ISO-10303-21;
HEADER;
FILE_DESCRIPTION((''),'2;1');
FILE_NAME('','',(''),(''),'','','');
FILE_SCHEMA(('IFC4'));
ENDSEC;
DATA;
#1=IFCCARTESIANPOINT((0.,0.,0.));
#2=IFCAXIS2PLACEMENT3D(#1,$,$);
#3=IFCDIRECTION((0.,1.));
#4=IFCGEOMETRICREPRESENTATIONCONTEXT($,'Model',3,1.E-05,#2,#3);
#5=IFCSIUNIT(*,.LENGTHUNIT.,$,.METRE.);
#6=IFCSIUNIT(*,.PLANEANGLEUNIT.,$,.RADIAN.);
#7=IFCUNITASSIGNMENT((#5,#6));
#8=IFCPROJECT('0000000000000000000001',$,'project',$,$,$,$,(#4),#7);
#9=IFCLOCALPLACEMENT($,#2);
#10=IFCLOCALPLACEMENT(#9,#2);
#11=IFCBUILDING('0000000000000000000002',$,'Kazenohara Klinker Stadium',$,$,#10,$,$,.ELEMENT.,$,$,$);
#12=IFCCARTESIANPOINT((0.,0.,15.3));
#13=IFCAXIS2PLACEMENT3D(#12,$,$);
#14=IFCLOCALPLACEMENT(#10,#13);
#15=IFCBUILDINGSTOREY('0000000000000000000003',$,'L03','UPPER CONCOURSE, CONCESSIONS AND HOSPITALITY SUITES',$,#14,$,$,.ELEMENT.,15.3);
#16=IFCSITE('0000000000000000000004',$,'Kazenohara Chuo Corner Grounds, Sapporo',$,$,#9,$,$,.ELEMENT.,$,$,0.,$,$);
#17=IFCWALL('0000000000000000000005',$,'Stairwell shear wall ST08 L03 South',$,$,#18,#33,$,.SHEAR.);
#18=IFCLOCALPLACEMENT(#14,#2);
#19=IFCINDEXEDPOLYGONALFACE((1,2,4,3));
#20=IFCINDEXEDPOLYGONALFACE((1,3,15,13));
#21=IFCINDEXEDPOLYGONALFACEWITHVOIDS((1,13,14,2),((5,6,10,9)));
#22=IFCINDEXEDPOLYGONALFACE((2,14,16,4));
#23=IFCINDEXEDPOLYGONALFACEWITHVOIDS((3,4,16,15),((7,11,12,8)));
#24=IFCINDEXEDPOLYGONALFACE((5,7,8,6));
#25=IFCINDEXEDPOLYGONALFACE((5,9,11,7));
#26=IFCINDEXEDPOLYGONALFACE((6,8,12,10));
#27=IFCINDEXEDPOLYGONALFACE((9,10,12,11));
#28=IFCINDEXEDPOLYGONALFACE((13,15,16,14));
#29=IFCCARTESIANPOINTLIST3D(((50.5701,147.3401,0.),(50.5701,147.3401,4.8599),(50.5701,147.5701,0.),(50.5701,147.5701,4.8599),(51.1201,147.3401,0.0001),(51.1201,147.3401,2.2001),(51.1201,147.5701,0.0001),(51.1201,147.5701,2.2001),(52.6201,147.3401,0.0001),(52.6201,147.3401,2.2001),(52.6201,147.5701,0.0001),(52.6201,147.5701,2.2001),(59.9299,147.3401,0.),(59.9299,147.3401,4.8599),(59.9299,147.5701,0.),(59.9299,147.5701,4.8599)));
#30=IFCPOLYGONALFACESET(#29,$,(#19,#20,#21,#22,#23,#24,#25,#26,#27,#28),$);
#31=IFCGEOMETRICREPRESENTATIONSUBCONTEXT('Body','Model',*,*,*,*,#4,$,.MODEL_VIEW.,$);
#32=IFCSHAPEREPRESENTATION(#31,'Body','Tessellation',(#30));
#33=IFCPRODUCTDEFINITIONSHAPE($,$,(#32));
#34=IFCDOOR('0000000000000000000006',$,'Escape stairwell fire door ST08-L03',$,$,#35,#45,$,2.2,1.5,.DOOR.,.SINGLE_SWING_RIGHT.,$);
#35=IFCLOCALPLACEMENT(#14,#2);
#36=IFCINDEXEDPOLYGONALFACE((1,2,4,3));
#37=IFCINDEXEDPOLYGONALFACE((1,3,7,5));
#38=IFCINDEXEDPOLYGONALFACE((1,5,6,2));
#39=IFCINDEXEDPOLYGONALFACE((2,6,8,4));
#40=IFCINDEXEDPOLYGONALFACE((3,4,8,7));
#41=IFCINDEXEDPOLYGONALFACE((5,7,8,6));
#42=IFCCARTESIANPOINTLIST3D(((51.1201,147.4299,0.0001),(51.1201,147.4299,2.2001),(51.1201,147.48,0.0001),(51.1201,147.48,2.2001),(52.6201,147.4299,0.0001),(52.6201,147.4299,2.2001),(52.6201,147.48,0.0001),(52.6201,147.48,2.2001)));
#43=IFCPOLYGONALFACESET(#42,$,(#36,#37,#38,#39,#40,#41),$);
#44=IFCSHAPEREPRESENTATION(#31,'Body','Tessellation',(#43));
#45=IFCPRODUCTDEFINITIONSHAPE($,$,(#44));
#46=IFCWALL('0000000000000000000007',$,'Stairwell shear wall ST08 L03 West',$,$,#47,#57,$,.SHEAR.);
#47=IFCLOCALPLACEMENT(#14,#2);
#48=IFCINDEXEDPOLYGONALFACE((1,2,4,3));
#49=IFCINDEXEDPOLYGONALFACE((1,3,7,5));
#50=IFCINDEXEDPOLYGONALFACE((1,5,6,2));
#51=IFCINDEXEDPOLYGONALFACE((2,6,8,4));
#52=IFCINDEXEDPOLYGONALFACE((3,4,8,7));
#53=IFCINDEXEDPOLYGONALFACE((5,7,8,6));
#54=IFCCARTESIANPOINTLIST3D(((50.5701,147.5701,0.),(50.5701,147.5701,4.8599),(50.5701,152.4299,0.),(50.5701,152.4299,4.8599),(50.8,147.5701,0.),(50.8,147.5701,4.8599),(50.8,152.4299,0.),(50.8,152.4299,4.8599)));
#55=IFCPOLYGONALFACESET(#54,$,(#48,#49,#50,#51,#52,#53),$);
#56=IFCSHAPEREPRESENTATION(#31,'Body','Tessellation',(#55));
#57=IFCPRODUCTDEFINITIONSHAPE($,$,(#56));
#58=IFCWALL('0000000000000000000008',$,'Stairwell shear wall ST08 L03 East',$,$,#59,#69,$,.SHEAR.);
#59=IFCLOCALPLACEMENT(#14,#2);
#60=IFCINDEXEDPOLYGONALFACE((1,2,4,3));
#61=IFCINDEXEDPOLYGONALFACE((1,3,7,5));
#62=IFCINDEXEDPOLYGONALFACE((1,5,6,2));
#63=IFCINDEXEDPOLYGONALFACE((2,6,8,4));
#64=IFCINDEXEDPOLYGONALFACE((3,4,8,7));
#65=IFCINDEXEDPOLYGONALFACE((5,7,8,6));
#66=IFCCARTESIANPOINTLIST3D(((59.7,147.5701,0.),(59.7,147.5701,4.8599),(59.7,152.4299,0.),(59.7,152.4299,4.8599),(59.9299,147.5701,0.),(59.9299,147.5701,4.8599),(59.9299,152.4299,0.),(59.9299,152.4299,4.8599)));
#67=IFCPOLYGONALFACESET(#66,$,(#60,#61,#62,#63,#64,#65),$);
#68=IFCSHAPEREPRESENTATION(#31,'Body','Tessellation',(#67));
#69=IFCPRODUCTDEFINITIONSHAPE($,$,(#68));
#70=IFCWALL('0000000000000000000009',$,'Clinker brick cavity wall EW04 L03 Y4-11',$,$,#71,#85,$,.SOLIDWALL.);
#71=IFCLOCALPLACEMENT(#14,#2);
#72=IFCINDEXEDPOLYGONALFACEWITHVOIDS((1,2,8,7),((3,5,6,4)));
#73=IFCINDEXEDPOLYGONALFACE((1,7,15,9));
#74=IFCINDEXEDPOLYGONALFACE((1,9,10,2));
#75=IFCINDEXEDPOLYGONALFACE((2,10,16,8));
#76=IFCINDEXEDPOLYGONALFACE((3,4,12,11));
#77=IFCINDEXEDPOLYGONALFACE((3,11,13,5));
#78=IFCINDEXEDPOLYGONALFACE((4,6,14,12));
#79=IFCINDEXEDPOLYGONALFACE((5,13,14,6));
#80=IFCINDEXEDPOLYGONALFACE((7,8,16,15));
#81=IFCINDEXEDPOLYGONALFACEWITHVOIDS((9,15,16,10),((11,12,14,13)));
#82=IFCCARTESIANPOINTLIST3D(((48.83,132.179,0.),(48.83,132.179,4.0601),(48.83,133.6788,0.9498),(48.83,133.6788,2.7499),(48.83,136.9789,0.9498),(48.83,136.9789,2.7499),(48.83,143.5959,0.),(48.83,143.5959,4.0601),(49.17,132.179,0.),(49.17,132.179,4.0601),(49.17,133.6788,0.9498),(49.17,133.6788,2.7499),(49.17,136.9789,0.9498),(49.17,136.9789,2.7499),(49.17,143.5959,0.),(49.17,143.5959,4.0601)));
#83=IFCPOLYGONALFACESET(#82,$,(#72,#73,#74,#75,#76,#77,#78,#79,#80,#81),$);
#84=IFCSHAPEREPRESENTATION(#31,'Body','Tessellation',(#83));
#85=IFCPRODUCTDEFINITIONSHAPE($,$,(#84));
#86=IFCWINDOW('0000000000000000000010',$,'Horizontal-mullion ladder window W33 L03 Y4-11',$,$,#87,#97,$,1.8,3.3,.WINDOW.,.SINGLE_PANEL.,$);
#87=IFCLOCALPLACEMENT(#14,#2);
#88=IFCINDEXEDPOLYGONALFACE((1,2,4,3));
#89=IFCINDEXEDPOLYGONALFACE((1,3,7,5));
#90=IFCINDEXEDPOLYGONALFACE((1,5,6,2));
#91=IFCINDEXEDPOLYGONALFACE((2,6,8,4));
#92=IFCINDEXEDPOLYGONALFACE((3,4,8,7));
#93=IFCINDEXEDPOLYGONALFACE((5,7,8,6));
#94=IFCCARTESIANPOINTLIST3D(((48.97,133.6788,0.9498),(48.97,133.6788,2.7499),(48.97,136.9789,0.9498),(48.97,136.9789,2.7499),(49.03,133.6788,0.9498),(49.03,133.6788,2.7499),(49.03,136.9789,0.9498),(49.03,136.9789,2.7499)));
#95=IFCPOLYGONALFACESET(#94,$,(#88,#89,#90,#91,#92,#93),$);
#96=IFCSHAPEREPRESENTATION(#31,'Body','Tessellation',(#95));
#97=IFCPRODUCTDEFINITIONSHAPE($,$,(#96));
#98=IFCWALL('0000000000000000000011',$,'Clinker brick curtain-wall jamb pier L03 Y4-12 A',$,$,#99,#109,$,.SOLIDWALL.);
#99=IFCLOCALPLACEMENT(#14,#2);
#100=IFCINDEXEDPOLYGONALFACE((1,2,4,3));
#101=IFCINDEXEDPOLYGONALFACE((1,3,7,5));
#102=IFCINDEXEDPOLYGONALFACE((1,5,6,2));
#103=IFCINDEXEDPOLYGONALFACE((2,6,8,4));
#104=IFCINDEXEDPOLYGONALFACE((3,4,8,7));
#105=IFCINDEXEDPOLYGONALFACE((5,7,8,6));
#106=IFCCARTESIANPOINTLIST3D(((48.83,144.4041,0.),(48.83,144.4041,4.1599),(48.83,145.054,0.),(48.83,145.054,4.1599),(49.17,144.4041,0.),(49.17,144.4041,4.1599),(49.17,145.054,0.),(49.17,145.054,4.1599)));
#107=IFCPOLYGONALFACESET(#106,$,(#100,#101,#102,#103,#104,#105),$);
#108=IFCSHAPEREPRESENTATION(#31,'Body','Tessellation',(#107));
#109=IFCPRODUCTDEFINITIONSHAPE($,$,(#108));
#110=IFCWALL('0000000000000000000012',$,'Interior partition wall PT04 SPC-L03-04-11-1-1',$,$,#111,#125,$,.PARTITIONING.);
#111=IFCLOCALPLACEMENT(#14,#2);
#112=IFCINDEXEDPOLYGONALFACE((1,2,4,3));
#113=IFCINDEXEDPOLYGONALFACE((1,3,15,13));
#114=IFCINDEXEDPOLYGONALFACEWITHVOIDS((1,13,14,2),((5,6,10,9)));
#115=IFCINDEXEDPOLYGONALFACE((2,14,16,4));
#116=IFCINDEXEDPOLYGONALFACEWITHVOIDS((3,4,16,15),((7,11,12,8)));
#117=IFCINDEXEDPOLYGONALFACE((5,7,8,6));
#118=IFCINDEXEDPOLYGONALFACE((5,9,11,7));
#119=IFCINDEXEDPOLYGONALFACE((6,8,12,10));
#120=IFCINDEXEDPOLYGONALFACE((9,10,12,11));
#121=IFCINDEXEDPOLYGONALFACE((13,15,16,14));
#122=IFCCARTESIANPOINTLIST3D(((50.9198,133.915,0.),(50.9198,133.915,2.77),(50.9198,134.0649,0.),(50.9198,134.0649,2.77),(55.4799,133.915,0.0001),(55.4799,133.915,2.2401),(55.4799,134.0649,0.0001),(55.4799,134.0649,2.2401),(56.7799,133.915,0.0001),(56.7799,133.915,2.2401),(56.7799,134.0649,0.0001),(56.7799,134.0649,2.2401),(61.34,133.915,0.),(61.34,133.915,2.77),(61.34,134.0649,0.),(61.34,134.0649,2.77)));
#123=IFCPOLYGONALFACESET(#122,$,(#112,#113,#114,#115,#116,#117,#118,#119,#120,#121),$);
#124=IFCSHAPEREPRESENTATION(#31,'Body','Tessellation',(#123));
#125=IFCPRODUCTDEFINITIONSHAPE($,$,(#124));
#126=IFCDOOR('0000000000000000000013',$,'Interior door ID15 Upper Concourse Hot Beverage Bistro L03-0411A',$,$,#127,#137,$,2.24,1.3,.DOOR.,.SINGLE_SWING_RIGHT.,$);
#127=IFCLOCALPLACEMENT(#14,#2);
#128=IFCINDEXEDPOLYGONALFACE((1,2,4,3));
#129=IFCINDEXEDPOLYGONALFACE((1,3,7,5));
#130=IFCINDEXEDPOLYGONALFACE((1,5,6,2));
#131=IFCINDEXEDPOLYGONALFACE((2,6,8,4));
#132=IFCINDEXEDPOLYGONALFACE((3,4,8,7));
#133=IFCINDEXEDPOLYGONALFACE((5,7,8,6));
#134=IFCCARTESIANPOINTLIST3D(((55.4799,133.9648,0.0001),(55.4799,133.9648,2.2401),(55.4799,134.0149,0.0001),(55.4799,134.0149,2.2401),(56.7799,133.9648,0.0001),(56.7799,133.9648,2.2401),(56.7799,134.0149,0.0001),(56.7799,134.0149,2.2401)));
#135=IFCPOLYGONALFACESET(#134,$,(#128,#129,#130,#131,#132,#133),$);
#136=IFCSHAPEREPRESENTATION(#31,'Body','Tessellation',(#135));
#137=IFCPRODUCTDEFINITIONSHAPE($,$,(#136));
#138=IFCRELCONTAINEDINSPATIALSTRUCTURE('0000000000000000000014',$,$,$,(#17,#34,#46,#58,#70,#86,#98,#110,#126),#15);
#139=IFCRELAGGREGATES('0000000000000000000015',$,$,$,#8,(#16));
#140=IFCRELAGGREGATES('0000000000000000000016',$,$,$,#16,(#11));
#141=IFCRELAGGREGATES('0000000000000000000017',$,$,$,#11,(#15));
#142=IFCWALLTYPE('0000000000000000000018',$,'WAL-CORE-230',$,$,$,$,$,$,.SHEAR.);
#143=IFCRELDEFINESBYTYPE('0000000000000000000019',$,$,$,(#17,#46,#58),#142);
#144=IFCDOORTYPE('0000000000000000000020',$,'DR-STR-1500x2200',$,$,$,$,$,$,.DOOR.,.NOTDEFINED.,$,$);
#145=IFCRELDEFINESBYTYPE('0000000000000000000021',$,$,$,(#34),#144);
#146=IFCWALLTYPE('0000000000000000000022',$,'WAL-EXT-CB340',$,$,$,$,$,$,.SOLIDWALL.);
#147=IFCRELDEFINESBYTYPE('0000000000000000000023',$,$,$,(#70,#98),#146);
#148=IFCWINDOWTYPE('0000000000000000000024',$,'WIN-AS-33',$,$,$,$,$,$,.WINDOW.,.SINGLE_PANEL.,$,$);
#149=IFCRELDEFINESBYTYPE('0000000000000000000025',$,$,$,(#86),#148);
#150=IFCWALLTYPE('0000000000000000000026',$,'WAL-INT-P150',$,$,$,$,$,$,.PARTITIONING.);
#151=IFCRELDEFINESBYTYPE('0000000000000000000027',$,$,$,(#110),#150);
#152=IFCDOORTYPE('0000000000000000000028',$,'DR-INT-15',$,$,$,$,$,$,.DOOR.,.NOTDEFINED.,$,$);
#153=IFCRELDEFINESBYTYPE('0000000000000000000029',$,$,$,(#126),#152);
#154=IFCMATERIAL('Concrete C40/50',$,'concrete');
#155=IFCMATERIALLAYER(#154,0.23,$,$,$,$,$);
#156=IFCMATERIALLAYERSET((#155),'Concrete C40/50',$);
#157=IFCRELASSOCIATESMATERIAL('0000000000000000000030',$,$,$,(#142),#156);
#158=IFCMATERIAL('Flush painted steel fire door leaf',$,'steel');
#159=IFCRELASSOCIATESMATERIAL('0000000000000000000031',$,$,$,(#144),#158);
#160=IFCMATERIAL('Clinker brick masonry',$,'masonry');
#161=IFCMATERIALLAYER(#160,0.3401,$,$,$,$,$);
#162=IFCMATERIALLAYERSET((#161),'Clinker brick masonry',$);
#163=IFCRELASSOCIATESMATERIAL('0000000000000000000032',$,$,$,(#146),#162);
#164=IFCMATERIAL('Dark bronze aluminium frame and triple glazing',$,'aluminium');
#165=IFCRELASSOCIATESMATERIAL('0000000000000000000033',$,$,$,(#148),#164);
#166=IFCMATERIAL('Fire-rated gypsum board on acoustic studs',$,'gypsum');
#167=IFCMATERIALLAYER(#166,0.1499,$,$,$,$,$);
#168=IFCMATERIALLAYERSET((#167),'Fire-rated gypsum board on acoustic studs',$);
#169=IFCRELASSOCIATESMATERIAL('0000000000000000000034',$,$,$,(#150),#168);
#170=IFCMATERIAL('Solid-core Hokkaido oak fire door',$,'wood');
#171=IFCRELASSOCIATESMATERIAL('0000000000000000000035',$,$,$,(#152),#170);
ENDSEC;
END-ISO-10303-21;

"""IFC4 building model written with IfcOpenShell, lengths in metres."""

from ifc_helpers import new_model, si_unit, direction, frame, frame_2d, origin, place, context, subcontext, project, spatial, rectangle, extrude, material, layer, layer_set, type_object, element, fill, save


model = new_model("IFC4")

# Units and contexts
model_context = context("Model", 3, precision=1e-05, world=origin(), true_north=direction((0.0, 1.0)))
body_context = subcontext(model_context, "Body", "Model", "MODEL_VIEW")
ifc_project = project(units=[si_unit("LENGTHUNIT", "METRE"), si_unit("PLANEANGLEUNIT", "RADIAN")], contexts=[model_context])

# Site, building, storey
site_placement = place(None, origin())
site = spatial("IfcSite", under=ifc_project, at=site_placement, Name="Kazenohara Chuo Corner Grounds, Sapporo", CompositionType="ELEMENT", RefElevation=0.0)
building_placement = place(site_placement, origin())
building = spatial("IfcBuilding", under=site, at=building_placement, Name="Kazenohara Klinker Stadium", CompositionType="ELEMENT")
storey_placement = place(building_placement, frame((0.0, 0.0, 15.3)))
storey = spatial("IfcBuildingStorey", under=building, at=storey_placement, Name="L03", Description="UPPER CONCOURSE, CONCESSIONS AND HOSPITALITY SUITES", CompositionType="ELEMENT", Elevation=15.3)

# Shared definitions
ifc_material_1 = material(Name="Concrete C40/50", Category="concrete")

# Wall, opening, door
ifc_layer_1 = layer(ifc_material_1, 0.23)
ifc_layer_set_1 = layer_set([ifc_layer_1], Name="Concrete C40/50")
wall_type_1 = type_object("IfcWallType", Name="WAL-CORE-230", PredefinedType="SHEAR", material=ifc_layer_set_1)
wall_1_placement = place(storey_placement, frame((50.5701, 147.4551, 0.0), z_axis=(0.0, 0.0, 1.0), x_axis=(1.0, 0.0, 0.0)))
wall_1 = element("IfcWall", 1, at=wall_1_placement, inside=storey, type_object=wall_type_1, Name="Stairwell shear wall ST08 L03 South", PredefinedType="SHEAR", context=body_context, shape_type="SweptSolid", body=[
    extrude(rectangle(XDim=9.3599, YDim=0.23, at=frame_2d((4.6799, 0.0))), origin(), (0.0, 0.0, 1.0), 4.8599),
])
opening_1_placement = place(wall_1_placement, frame((0.55, 0.0, 0.0)))
opening_1 = element("IfcOpeningElement", 2, at=opening_1_placement, cuts=wall_1, PredefinedType="OPENING", context=body_context, shape_type="SweptSolid", body=[
    extrude(rectangle(XDim=1.5, YDim=2.2, at=frame_2d((0.75, 1.1001))), frame((0.0, 0.125, 0.0), z_axis=(0.0, -1.0, 0.0), x_axis=(1.0, 0.0, 0.0)), (0.0, 0.0, 1.0), 0.25),
])
ifc_material_2 = material(Name="Flush painted steel fire door leaf", Category="steel")
door_type_1 = type_object("IfcDoorType", Name="DR-STR-1500x2200", OperationType="NOTDEFINED", PredefinedType="DOOR", material=ifc_material_2)
door_1_placement = place(opening_1_placement, origin())
door_1 = element("IfcDoor", 3, at=door_1_placement, inside=storey, type_object=door_type_1, Name="Escape stairwell fire door ST08-L03", OperationType="SINGLE_SWING_RIGHT", OverallHeight=2.2, OverallWidth=1.5, PredefinedType="DOOR", context=body_context, shape_type="SweptSolid", body=[
    extrude(rectangle(XDim=1.5, YDim=2.2, at=frame_2d((0.75, 1.1001))), frame((0.0, 0.0249, 0.0), z_axis=(0.0, -1.0, 0.0), x_axis=(1.0, 0.0, 0.0)), (0.0, 0.0, 1.0), 0.05),
])
fill(opening_1, door_1)

# Walls
for number, where, z_axis, x_axis, name in (
    (4, (50.6851, 147.5701, 0.0), (0.0, 0.0, 1.0), (0.0, 1.0, 0.0), "Stairwell shear wall ST08 L03 West"),
    (5, (59.8149, 147.5701, 0.0), (0.0, 0.0, 1.0), (0.0, 1.0, 0.0), "Stairwell shear wall ST08 L03 East"),
):
    element("IfcWall", number, at=place(storey_placement, frame(where, z_axis=z_axis, x_axis=x_axis)), inside=storey, type_object=wall_type_1, Name=name, PredefinedType="SHEAR", context=body_context, shape_type="SweptSolid", body=[
        extrude(rectangle(XDim=4.8599, YDim=0.23, at=frame_2d((2.4299, 0.0))), origin(), (0.0, 0.0, 1.0), 4.8599),
    ])

# Wall, opening, window
ifc_material_3 = material(Name="Clinker brick masonry", Category="masonry")
ifc_layer_2 = layer(ifc_material_3, 0.3401)
ifc_layer_set_2 = layer_set([ifc_layer_2], Name="Clinker brick masonry")
wall_type_2 = type_object("IfcWallType", Name="WAL-EXT-CB340", PredefinedType="SOLIDWALL", material=ifc_layer_set_2)
wall_2_placement = place(storey_placement, frame((49.0, 132.179, 0.0), z_axis=(0.0, 0.0, 1.0), x_axis=(0.0, 1.0, 0.0)))
wall_2 = element("IfcWall", 6, at=wall_2_placement, inside=storey, type_object=wall_type_2, Name="Clinker brick cavity wall EW04 L03 Y4-11", PredefinedType="SOLIDWALL", context=body_context, shape_type="SweptSolid", body=[
    extrude(rectangle(XDim=11.417, YDim=0.3401, at=frame_2d((5.7085, 0.0))), origin(), (0.0, 0.0, 1.0), 4.0601),
])
opening_2_placement = place(wall_2_placement, frame((1.5, 0.0, 0.95)))
opening_2 = element("IfcOpeningElement", 7, at=opening_2_placement, cuts=wall_2, PredefinedType="OPENING", context=body_context, shape_type="SweptSolid", body=[
    extrude(rectangle(XDim=3.3, YDim=1.8, at=frame_2d((1.6499, 0.8999))), frame((0.0, 0.1802, 0.0), z_axis=(0.0, -1.0, 0.0), x_axis=(1.0, 0.0, 0.0)), (0.0, 0.0, 1.0), 0.3601),
])
ifc_material_4 = material(Name="Dark bronze aluminium frame and triple glazing", Category="aluminium")
window_type = type_object("IfcWindowType", Name="WIN-AS-33", PartitioningType="SINGLE_PANEL", PredefinedType="WINDOW", material=ifc_material_4)
window_placement = place(opening_2_placement, origin())
window = element("IfcWindow", 8, at=window_placement, inside=storey, type_object=window_type, Name="Horizontal-mullion ladder window W33 L03 Y4-11", OverallHeight=1.8, OverallWidth=3.3, PartitioningType="SINGLE_PANEL", PredefinedType="WINDOW", context=body_context, shape_type="SweptSolid", body=[
    extrude(rectangle(XDim=3.3, YDim=1.8, at=frame_2d((1.6499, 0.8999))), frame((0.0, 0.03, 0.0), z_axis=(0.0, -1.0, 0.0), x_axis=(1.0, 0.0, 0.0)), (0.0, 0.0, 1.0), 0.0601),
])
fill(opening_2, window)

# Wall
wall_3_placement = place(storey_placement, frame((49.0, 144.4041, 0.0), z_axis=(0.0, 0.0, 1.0), x_axis=(0.0, 1.0, 0.0)))
element("IfcWall", 9, at=wall_3_placement, inside=storey, type_object=wall_type_2, Name="Clinker brick curtain-wall jamb pier L03 Y4-12 A", PredefinedType="SOLIDWALL", context=body_context, shape_type="SweptSolid", body=[
    extrude(rectangle(XDim=0.6499, YDim=0.3401, at=frame_2d((0.325, 0.0))), origin(), (0.0, 0.0, 1.0), 4.1599),
])

# Wall, opening, door
ifc_material_5 = material(Name="Fire-rated gypsum board on acoustic studs", Category="gypsum")
ifc_layer_3 = layer(ifc_material_5, 0.1499)
ifc_layer_set_3 = layer_set([ifc_layer_3], Name="Fire-rated gypsum board on acoustic studs")
wall_type_3 = type_object("IfcWallType", Name="WAL-INT-P150", PredefinedType="PARTITIONING", material=ifc_layer_set_3)
wall_4_placement = place(storey_placement, frame((50.9199, 133.99, 0.0), z_axis=(0.0, 0.0, 1.0), x_axis=(1.0, 0.0, 0.0)))
wall_4 = element("IfcWall", 10, at=wall_4_placement, inside=storey, type_object=wall_type_3, Name="Interior partition wall PT04 SPC-L03-04-11-1-1", PredefinedType="PARTITIONING", context=body_context, shape_type="SweptSolid", body=[
    extrude(rectangle(XDim=10.4202, YDim=0.1499, at=frame_2d((5.21, 0.0))), origin(), (0.0, 0.0, 1.0), 2.77),
])
opening_3_placement = place(wall_4_placement, frame((4.5601, 0.0, 0.0)))
opening_3 = element("IfcOpeningElement", 11, at=opening_3_placement, cuts=wall_4, PredefinedType="OPENING", context=body_context, shape_type="SweptSolid", body=[
    extrude(rectangle(XDim=1.3, YDim=2.24, at=frame_2d((0.6499, 1.1201))), frame((0.0, 0.085, 0.0), z_axis=(0.0, -1.0, 0.0), x_axis=(1.0, 0.0, 0.0)), (0.0, 0.0, 1.0), 0.1699),
])
ifc_material_6 = material(Name="Solid-core Hokkaido oak fire door", Category="wood")
door_type_2 = type_object("IfcDoorType", Name="DR-INT-15", OperationType="NOTDEFINED", PredefinedType="DOOR", material=ifc_material_6)
door_2_placement = place(opening_3_placement, origin())
door_2 = element("IfcDoor", 12, at=door_2_placement, inside=storey, type_object=door_type_2, Name="Interior door ID15 Upper Concourse Hot Beverage Bistro L03-0411A", OperationType="SINGLE_SWING_RIGHT", OverallHeight=2.24, OverallWidth=1.3, PredefinedType="DOOR", context=body_context, shape_type="SweptSolid", body=[
    extrude(rectangle(XDim=1.3, YDim=2.24, at=frame_2d((0.6499, 1.1201))), frame((0.0, 0.0249, 0.0), z_axis=(0.0, -1.0, 0.0), x_axis=(1.0, 0.0, 0.0)), (0.0, 0.0, 1.0), 0.05),
])
fill(opening_3, door_2)

save(model, "model.ifc")
